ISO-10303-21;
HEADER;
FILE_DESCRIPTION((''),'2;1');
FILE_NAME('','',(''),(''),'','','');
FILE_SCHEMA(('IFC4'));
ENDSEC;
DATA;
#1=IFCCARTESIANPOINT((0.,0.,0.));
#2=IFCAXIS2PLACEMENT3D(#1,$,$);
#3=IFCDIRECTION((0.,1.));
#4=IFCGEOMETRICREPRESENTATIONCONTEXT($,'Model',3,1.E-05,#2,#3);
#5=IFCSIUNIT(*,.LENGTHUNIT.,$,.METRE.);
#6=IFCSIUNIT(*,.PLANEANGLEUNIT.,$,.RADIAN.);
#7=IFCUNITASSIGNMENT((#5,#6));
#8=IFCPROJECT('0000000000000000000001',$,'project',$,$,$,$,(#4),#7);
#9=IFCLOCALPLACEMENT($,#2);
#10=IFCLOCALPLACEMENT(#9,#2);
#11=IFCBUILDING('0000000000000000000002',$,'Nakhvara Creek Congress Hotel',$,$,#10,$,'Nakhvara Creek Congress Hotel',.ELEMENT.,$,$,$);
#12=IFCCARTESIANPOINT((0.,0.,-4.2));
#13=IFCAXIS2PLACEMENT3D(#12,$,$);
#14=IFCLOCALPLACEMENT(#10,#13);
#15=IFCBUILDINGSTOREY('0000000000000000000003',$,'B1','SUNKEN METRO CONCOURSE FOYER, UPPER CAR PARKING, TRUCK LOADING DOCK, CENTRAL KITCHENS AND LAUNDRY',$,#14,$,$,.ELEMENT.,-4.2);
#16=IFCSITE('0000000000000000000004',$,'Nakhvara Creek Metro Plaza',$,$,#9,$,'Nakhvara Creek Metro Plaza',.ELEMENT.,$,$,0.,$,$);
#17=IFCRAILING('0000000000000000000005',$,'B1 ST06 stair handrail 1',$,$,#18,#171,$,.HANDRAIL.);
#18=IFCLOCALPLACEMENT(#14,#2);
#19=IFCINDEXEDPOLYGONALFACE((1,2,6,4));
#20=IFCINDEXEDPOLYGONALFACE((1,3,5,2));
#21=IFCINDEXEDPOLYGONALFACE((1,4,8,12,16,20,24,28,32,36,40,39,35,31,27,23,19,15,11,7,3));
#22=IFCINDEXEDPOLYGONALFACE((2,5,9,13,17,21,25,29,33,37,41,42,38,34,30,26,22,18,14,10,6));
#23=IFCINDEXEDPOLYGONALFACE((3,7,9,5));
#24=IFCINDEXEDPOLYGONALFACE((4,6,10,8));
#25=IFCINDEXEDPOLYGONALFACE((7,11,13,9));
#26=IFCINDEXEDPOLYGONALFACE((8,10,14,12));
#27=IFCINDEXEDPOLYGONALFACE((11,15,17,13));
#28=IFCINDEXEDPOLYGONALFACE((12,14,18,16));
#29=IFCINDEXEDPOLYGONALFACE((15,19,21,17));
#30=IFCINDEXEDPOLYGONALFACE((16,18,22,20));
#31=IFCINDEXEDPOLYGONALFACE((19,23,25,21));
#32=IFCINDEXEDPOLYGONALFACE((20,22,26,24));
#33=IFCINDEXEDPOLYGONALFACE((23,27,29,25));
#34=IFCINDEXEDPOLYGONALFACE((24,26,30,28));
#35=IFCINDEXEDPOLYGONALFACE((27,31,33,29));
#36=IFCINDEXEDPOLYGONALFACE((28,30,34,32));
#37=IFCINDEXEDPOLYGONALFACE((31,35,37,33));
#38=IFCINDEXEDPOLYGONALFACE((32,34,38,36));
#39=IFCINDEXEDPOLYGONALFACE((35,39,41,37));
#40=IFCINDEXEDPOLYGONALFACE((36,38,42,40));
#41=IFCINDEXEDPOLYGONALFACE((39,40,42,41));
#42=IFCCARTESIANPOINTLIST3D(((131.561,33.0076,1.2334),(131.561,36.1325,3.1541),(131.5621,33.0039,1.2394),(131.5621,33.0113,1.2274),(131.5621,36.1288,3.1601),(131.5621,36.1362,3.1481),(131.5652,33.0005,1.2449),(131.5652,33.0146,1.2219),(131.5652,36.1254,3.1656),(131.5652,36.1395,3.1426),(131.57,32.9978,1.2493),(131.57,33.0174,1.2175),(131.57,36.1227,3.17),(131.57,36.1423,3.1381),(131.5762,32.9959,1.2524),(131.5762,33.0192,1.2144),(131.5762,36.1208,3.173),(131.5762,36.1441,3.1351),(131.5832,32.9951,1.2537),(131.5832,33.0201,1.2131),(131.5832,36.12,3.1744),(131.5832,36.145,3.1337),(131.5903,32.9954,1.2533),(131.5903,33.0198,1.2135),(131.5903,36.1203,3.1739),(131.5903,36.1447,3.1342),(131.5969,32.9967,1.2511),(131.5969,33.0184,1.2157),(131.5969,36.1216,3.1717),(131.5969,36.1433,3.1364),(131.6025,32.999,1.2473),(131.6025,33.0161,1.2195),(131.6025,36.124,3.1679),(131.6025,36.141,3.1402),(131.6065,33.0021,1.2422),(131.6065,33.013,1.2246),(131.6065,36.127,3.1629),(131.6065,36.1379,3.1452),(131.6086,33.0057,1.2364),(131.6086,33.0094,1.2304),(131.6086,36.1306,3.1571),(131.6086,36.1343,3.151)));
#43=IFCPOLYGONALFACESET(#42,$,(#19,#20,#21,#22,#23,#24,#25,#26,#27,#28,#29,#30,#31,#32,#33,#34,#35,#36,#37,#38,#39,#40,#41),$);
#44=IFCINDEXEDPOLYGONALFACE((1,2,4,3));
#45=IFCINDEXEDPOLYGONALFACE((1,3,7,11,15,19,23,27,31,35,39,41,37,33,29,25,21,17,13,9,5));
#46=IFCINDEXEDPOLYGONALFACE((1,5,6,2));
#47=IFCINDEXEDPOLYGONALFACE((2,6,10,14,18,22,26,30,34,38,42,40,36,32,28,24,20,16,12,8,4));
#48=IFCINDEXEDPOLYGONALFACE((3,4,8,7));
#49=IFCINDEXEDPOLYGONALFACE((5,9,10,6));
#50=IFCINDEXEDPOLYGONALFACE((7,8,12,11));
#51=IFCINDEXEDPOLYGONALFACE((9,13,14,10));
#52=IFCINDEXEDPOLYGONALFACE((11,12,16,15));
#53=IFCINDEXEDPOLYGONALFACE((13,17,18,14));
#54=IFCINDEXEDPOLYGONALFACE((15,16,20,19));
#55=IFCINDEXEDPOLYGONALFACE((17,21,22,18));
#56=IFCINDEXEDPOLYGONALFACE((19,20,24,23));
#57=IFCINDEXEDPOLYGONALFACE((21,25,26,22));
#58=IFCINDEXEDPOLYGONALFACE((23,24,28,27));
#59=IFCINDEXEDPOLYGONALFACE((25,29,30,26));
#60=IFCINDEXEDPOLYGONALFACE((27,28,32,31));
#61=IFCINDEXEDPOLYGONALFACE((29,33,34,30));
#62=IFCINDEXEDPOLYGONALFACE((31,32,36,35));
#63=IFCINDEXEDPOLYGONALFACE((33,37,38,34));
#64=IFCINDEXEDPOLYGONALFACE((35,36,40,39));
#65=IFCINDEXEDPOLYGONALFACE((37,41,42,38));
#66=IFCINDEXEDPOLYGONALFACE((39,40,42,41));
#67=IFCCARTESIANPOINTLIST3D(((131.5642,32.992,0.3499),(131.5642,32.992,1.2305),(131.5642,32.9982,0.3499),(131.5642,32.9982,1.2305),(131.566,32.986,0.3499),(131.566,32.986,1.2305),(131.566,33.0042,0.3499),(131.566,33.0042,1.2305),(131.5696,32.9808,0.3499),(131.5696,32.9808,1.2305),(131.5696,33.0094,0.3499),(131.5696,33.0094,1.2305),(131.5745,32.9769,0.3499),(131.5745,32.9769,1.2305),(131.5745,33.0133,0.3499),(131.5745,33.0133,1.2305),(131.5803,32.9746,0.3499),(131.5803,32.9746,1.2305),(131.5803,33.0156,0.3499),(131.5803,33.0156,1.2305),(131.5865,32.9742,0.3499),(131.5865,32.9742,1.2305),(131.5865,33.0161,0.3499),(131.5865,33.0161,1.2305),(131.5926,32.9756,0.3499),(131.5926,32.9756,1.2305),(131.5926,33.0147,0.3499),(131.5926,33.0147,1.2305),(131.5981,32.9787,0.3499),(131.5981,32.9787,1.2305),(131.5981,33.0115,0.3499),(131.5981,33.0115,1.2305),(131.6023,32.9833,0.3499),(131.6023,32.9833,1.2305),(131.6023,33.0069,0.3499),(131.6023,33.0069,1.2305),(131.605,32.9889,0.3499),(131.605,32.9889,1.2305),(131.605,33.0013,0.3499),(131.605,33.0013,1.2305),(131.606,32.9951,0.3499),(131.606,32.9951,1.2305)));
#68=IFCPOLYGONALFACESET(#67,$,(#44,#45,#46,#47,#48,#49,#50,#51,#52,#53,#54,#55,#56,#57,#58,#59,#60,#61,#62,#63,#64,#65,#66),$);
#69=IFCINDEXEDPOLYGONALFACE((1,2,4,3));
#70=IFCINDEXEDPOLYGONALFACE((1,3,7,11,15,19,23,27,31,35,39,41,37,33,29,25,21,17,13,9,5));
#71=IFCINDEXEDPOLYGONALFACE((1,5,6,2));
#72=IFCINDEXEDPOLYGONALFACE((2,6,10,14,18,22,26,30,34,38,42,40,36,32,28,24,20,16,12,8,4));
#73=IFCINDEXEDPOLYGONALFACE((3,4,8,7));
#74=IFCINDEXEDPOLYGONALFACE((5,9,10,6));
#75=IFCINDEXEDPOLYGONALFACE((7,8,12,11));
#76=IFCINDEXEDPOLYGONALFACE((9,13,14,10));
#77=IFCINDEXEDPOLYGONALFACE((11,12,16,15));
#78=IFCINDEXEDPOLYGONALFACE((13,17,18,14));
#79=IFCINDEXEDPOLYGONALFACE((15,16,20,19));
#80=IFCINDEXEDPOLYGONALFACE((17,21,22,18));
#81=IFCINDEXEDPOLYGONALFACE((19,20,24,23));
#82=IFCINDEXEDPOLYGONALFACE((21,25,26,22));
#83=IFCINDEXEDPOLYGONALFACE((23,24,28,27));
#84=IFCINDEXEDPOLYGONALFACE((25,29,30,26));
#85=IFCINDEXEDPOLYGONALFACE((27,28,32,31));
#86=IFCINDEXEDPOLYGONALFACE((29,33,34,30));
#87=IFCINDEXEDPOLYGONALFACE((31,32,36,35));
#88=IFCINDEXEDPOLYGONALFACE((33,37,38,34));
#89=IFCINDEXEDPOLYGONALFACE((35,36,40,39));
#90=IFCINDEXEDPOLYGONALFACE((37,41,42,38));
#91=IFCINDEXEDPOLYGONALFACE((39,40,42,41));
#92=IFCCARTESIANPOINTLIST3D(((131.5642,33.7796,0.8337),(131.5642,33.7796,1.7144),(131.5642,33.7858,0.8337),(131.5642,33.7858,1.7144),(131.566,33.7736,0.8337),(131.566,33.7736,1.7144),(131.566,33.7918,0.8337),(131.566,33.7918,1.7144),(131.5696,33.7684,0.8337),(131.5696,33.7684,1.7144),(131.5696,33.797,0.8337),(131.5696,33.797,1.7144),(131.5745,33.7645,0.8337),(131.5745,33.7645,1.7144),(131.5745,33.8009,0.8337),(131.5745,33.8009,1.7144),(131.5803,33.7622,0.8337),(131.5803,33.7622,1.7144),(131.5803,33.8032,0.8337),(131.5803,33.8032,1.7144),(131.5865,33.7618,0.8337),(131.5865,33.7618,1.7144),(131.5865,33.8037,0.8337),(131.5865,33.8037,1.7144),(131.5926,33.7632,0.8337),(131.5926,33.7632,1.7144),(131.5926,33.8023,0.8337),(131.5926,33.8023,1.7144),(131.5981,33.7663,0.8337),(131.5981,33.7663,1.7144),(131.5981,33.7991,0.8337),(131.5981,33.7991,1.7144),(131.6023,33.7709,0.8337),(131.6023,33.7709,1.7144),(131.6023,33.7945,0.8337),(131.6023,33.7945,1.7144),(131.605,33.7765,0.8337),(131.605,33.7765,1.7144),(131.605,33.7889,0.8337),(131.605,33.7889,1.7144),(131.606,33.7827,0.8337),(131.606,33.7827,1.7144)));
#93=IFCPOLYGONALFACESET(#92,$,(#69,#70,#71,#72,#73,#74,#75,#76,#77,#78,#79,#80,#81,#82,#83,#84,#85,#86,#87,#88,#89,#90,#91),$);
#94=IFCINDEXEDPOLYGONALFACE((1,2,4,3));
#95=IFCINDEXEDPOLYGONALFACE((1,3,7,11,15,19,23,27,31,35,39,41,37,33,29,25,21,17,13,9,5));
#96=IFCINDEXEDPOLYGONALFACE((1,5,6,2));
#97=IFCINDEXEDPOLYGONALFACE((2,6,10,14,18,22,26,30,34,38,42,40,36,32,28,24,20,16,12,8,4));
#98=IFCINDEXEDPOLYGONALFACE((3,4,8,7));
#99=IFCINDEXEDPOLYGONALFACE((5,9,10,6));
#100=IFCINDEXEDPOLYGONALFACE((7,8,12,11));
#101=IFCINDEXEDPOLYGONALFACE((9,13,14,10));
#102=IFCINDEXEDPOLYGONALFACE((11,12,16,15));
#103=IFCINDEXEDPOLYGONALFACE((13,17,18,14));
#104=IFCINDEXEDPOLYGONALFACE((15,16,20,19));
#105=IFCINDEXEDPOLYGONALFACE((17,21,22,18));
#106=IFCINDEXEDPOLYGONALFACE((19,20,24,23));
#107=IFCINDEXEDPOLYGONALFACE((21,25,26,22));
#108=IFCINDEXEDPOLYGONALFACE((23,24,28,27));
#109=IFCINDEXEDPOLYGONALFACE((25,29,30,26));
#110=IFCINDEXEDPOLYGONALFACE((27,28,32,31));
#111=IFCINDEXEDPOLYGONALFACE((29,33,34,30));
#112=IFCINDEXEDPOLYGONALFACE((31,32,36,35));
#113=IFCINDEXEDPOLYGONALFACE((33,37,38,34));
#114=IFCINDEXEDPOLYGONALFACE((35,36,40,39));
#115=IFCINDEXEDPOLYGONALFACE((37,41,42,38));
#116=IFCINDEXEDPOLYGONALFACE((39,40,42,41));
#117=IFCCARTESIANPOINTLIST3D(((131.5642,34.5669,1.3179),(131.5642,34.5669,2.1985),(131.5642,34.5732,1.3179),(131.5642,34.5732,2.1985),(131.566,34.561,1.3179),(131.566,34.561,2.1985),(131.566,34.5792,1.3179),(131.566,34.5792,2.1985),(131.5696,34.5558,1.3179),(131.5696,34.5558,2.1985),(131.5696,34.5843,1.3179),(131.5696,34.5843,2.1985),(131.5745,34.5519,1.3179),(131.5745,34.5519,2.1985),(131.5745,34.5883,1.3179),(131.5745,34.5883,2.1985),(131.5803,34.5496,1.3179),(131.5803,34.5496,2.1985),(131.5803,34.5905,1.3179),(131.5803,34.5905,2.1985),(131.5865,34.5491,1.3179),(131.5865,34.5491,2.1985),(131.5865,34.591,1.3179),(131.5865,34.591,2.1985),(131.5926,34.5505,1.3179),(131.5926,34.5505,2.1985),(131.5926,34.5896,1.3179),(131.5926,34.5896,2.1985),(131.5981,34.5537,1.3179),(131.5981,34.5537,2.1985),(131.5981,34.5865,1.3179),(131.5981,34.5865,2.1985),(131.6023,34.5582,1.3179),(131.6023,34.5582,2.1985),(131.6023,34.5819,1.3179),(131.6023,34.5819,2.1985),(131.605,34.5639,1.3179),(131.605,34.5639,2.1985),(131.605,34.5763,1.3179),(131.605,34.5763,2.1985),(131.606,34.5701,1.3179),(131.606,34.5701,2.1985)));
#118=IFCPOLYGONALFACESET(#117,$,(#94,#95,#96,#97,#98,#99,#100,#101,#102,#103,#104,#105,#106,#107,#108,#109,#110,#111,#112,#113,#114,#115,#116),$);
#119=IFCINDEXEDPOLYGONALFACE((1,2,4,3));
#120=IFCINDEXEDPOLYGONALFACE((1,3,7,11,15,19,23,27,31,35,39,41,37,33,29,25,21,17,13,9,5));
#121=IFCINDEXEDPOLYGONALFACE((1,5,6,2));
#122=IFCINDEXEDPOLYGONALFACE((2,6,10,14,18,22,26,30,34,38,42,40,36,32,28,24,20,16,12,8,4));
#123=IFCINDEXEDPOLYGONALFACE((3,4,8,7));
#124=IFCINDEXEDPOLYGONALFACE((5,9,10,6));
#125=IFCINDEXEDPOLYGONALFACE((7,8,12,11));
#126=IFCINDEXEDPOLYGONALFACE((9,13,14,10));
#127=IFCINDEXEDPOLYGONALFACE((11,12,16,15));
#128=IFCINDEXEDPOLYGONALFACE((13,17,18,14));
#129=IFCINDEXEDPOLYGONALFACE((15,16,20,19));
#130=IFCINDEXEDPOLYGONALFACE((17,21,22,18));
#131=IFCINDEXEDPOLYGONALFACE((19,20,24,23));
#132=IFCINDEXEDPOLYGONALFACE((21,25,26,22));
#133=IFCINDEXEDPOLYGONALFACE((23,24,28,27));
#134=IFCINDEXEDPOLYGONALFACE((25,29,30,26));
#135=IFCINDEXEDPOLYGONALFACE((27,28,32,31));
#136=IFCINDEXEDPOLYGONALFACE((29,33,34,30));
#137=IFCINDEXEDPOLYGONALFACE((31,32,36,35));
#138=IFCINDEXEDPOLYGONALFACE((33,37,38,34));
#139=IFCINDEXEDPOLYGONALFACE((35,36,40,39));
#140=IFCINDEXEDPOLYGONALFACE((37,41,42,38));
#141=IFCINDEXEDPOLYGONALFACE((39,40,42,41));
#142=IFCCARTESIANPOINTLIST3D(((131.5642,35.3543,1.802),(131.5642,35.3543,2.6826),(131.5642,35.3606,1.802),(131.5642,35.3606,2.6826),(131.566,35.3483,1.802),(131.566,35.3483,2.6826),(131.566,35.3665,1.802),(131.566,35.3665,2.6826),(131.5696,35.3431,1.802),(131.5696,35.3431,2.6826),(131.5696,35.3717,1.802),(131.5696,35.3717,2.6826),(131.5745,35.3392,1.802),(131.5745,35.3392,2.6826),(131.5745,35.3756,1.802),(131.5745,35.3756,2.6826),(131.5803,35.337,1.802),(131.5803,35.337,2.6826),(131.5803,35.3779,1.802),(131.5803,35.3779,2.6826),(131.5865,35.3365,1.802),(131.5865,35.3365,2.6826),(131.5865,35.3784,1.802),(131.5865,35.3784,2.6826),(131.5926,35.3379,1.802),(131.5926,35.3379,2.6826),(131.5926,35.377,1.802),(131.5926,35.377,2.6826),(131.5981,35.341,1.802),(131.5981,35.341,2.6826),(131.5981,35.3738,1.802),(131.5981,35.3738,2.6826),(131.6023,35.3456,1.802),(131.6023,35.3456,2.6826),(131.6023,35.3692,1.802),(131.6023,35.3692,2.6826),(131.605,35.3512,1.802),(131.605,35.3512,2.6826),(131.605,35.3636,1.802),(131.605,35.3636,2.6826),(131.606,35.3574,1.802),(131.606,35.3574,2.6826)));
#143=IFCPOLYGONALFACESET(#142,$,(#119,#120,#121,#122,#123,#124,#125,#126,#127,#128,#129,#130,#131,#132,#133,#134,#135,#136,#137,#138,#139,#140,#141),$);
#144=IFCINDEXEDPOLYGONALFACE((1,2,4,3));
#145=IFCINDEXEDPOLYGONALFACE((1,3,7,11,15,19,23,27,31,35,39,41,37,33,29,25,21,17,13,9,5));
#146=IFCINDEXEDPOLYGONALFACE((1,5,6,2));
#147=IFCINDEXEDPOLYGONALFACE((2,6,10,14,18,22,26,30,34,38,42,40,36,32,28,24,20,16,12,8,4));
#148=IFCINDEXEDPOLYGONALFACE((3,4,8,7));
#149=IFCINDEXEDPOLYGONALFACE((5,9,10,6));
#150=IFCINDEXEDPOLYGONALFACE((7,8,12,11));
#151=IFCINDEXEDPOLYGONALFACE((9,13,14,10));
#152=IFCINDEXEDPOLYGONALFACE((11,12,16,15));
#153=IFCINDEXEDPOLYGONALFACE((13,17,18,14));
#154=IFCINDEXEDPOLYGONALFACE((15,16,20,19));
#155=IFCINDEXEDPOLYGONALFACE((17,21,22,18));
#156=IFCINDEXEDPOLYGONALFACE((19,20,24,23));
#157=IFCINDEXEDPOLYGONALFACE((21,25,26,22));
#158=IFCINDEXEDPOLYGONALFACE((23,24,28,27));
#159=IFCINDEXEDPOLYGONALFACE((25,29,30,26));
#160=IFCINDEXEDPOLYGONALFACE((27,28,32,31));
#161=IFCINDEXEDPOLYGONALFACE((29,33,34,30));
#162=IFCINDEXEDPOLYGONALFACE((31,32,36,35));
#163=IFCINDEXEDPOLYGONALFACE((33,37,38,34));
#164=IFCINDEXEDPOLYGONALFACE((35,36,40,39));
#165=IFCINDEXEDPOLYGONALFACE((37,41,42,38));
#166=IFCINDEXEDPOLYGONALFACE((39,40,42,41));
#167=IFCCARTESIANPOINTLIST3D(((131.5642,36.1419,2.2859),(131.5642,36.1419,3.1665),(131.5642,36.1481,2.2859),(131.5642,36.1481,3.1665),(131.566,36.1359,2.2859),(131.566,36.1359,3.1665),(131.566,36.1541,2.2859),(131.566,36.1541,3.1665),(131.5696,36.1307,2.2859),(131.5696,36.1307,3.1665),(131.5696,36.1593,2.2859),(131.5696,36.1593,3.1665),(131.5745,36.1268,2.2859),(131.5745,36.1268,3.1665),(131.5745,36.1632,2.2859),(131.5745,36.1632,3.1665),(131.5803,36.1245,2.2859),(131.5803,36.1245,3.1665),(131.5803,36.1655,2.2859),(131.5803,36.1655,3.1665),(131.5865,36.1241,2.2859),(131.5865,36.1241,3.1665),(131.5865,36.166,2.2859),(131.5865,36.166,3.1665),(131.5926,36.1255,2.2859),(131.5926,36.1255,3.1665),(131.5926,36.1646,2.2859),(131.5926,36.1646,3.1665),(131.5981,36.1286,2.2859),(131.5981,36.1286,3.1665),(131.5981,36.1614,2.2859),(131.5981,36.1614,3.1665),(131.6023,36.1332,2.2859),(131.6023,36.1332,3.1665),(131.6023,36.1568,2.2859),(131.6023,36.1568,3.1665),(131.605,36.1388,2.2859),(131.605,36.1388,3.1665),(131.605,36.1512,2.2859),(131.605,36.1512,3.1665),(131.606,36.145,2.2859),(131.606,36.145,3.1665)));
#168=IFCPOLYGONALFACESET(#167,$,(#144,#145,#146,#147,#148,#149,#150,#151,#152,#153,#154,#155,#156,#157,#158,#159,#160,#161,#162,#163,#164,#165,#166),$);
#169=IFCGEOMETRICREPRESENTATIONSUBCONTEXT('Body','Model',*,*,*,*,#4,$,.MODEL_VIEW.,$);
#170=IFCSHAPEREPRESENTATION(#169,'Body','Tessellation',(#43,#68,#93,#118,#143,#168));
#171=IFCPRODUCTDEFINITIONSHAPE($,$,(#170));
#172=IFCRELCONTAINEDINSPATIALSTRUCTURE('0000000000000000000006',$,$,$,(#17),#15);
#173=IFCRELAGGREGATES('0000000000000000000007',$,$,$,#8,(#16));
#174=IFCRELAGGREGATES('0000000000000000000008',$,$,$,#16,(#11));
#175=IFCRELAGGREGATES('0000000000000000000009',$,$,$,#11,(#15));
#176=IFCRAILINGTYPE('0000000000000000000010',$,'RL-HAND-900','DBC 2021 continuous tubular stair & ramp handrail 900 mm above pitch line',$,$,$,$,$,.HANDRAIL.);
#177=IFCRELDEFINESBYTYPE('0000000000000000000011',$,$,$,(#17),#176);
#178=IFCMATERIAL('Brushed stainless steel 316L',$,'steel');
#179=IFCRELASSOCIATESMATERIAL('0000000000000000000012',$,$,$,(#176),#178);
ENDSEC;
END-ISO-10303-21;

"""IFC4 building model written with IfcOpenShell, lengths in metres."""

from ifc_helpers import new_model, si_unit, direction, frame, origin, origin_2d, place, context, subcontext, project, spatial, circle, extrude, material, type_object, element, save


model = new_model("IFC4")

# Units and contexts
model_context = context("Model", 3, precision=1e-05, world=origin(), true_north=direction((0.0, 1.0)))
body_context = subcontext(model_context, "Body", "Model", "MODEL_VIEW")
ifc_project = project(units=[si_unit("LENGTHUNIT", "METRE"), si_unit("PLANEANGLEUNIT", "RADIAN")], contexts=[model_context])

# Site, building, storey
site_placement = place(None, origin())
site = spatial("IfcSite", under=ifc_project, at=site_placement, Name="Nakhvara Creek Metro Plaza", LongName="Nakhvara Creek Metro Plaza", CompositionType="ELEMENT", RefElevation=0.0)
building_placement = place(site_placement, origin())
building = spatial("IfcBuilding", under=site, at=building_placement, Name="Nakhvara Creek Congress Hotel", LongName="Nakhvara Creek Congress Hotel", CompositionType="ELEMENT")
storey_placement = place(building_placement, frame((0.0, 0.0, -4.2)))
storey = spatial("IfcBuildingStorey", under=building, at=storey_placement, Name="B1", Description="SUNKEN METRO CONCOURSE FOYER, UPPER CAR PARKING, TRUCK LOADING DOCK, CENTRAL KITCHENS AND LAUNDRY", CompositionType="ELEMENT", Elevation=-4.2)

# Railing
ifc_material_1 = material(Name="Brushed stainless steel 316L", Category="steel")
railing_type_1 = type_object("IfcRailingType", Name="RL-HAND-900", Description="DBC 2021 continuous tubular stair & ramp handrail 900 mm above pitch line", PredefinedType="HANDRAIL", material=ifc_material_1)
railing_1_placement = place(storey_placement, frame((131.585, 32.9951, 0.3499)))
element("IfcRailing", 1, at=railing_1_placement, inside=storey, type_object=railing_type_1, Name="B1 ST06 stair handrail 1", PredefinedType="HANDRAIL", context=body_context, shape_type="SweptSolid", body=[
    extrude(circle(Radius=0.0239, at=origin_2d()), frame((0.0, 0.0125, 0.8835), z_axis=(0.0, 0.851944, 0.523633), x_axis=(-1.0, 0.0, 0.0)), (0.0, 0.0, 1.0), 3.668),
    extrude(circle(Radius=0.021, at=origin_2d()), origin(), (0.0, 0.0, 1.0), 0.8806),
    extrude(circle(Radius=0.021, at=origin_2d()), frame((0.0, 0.7876, 0.4839)), (0.0, 0.0, 1.0), 0.8806),
    extrude(circle(Radius=0.021, at=origin_2d()), frame((0.0, 1.575, 0.968)), (0.0, 0.0, 1.0), 0.8806),
    extrude(circle(Radius=0.021, at=origin_2d()), frame((0.0, 2.3623, 1.4521)), (0.0, 0.0, 1.0), 0.8806),
    extrude(circle(Radius=0.021, at=origin_2d()), frame((0.0, 3.1499, 1.936)), (0.0, 0.0, 1.0), 0.8806),
])

save(model, "model.ifc")
